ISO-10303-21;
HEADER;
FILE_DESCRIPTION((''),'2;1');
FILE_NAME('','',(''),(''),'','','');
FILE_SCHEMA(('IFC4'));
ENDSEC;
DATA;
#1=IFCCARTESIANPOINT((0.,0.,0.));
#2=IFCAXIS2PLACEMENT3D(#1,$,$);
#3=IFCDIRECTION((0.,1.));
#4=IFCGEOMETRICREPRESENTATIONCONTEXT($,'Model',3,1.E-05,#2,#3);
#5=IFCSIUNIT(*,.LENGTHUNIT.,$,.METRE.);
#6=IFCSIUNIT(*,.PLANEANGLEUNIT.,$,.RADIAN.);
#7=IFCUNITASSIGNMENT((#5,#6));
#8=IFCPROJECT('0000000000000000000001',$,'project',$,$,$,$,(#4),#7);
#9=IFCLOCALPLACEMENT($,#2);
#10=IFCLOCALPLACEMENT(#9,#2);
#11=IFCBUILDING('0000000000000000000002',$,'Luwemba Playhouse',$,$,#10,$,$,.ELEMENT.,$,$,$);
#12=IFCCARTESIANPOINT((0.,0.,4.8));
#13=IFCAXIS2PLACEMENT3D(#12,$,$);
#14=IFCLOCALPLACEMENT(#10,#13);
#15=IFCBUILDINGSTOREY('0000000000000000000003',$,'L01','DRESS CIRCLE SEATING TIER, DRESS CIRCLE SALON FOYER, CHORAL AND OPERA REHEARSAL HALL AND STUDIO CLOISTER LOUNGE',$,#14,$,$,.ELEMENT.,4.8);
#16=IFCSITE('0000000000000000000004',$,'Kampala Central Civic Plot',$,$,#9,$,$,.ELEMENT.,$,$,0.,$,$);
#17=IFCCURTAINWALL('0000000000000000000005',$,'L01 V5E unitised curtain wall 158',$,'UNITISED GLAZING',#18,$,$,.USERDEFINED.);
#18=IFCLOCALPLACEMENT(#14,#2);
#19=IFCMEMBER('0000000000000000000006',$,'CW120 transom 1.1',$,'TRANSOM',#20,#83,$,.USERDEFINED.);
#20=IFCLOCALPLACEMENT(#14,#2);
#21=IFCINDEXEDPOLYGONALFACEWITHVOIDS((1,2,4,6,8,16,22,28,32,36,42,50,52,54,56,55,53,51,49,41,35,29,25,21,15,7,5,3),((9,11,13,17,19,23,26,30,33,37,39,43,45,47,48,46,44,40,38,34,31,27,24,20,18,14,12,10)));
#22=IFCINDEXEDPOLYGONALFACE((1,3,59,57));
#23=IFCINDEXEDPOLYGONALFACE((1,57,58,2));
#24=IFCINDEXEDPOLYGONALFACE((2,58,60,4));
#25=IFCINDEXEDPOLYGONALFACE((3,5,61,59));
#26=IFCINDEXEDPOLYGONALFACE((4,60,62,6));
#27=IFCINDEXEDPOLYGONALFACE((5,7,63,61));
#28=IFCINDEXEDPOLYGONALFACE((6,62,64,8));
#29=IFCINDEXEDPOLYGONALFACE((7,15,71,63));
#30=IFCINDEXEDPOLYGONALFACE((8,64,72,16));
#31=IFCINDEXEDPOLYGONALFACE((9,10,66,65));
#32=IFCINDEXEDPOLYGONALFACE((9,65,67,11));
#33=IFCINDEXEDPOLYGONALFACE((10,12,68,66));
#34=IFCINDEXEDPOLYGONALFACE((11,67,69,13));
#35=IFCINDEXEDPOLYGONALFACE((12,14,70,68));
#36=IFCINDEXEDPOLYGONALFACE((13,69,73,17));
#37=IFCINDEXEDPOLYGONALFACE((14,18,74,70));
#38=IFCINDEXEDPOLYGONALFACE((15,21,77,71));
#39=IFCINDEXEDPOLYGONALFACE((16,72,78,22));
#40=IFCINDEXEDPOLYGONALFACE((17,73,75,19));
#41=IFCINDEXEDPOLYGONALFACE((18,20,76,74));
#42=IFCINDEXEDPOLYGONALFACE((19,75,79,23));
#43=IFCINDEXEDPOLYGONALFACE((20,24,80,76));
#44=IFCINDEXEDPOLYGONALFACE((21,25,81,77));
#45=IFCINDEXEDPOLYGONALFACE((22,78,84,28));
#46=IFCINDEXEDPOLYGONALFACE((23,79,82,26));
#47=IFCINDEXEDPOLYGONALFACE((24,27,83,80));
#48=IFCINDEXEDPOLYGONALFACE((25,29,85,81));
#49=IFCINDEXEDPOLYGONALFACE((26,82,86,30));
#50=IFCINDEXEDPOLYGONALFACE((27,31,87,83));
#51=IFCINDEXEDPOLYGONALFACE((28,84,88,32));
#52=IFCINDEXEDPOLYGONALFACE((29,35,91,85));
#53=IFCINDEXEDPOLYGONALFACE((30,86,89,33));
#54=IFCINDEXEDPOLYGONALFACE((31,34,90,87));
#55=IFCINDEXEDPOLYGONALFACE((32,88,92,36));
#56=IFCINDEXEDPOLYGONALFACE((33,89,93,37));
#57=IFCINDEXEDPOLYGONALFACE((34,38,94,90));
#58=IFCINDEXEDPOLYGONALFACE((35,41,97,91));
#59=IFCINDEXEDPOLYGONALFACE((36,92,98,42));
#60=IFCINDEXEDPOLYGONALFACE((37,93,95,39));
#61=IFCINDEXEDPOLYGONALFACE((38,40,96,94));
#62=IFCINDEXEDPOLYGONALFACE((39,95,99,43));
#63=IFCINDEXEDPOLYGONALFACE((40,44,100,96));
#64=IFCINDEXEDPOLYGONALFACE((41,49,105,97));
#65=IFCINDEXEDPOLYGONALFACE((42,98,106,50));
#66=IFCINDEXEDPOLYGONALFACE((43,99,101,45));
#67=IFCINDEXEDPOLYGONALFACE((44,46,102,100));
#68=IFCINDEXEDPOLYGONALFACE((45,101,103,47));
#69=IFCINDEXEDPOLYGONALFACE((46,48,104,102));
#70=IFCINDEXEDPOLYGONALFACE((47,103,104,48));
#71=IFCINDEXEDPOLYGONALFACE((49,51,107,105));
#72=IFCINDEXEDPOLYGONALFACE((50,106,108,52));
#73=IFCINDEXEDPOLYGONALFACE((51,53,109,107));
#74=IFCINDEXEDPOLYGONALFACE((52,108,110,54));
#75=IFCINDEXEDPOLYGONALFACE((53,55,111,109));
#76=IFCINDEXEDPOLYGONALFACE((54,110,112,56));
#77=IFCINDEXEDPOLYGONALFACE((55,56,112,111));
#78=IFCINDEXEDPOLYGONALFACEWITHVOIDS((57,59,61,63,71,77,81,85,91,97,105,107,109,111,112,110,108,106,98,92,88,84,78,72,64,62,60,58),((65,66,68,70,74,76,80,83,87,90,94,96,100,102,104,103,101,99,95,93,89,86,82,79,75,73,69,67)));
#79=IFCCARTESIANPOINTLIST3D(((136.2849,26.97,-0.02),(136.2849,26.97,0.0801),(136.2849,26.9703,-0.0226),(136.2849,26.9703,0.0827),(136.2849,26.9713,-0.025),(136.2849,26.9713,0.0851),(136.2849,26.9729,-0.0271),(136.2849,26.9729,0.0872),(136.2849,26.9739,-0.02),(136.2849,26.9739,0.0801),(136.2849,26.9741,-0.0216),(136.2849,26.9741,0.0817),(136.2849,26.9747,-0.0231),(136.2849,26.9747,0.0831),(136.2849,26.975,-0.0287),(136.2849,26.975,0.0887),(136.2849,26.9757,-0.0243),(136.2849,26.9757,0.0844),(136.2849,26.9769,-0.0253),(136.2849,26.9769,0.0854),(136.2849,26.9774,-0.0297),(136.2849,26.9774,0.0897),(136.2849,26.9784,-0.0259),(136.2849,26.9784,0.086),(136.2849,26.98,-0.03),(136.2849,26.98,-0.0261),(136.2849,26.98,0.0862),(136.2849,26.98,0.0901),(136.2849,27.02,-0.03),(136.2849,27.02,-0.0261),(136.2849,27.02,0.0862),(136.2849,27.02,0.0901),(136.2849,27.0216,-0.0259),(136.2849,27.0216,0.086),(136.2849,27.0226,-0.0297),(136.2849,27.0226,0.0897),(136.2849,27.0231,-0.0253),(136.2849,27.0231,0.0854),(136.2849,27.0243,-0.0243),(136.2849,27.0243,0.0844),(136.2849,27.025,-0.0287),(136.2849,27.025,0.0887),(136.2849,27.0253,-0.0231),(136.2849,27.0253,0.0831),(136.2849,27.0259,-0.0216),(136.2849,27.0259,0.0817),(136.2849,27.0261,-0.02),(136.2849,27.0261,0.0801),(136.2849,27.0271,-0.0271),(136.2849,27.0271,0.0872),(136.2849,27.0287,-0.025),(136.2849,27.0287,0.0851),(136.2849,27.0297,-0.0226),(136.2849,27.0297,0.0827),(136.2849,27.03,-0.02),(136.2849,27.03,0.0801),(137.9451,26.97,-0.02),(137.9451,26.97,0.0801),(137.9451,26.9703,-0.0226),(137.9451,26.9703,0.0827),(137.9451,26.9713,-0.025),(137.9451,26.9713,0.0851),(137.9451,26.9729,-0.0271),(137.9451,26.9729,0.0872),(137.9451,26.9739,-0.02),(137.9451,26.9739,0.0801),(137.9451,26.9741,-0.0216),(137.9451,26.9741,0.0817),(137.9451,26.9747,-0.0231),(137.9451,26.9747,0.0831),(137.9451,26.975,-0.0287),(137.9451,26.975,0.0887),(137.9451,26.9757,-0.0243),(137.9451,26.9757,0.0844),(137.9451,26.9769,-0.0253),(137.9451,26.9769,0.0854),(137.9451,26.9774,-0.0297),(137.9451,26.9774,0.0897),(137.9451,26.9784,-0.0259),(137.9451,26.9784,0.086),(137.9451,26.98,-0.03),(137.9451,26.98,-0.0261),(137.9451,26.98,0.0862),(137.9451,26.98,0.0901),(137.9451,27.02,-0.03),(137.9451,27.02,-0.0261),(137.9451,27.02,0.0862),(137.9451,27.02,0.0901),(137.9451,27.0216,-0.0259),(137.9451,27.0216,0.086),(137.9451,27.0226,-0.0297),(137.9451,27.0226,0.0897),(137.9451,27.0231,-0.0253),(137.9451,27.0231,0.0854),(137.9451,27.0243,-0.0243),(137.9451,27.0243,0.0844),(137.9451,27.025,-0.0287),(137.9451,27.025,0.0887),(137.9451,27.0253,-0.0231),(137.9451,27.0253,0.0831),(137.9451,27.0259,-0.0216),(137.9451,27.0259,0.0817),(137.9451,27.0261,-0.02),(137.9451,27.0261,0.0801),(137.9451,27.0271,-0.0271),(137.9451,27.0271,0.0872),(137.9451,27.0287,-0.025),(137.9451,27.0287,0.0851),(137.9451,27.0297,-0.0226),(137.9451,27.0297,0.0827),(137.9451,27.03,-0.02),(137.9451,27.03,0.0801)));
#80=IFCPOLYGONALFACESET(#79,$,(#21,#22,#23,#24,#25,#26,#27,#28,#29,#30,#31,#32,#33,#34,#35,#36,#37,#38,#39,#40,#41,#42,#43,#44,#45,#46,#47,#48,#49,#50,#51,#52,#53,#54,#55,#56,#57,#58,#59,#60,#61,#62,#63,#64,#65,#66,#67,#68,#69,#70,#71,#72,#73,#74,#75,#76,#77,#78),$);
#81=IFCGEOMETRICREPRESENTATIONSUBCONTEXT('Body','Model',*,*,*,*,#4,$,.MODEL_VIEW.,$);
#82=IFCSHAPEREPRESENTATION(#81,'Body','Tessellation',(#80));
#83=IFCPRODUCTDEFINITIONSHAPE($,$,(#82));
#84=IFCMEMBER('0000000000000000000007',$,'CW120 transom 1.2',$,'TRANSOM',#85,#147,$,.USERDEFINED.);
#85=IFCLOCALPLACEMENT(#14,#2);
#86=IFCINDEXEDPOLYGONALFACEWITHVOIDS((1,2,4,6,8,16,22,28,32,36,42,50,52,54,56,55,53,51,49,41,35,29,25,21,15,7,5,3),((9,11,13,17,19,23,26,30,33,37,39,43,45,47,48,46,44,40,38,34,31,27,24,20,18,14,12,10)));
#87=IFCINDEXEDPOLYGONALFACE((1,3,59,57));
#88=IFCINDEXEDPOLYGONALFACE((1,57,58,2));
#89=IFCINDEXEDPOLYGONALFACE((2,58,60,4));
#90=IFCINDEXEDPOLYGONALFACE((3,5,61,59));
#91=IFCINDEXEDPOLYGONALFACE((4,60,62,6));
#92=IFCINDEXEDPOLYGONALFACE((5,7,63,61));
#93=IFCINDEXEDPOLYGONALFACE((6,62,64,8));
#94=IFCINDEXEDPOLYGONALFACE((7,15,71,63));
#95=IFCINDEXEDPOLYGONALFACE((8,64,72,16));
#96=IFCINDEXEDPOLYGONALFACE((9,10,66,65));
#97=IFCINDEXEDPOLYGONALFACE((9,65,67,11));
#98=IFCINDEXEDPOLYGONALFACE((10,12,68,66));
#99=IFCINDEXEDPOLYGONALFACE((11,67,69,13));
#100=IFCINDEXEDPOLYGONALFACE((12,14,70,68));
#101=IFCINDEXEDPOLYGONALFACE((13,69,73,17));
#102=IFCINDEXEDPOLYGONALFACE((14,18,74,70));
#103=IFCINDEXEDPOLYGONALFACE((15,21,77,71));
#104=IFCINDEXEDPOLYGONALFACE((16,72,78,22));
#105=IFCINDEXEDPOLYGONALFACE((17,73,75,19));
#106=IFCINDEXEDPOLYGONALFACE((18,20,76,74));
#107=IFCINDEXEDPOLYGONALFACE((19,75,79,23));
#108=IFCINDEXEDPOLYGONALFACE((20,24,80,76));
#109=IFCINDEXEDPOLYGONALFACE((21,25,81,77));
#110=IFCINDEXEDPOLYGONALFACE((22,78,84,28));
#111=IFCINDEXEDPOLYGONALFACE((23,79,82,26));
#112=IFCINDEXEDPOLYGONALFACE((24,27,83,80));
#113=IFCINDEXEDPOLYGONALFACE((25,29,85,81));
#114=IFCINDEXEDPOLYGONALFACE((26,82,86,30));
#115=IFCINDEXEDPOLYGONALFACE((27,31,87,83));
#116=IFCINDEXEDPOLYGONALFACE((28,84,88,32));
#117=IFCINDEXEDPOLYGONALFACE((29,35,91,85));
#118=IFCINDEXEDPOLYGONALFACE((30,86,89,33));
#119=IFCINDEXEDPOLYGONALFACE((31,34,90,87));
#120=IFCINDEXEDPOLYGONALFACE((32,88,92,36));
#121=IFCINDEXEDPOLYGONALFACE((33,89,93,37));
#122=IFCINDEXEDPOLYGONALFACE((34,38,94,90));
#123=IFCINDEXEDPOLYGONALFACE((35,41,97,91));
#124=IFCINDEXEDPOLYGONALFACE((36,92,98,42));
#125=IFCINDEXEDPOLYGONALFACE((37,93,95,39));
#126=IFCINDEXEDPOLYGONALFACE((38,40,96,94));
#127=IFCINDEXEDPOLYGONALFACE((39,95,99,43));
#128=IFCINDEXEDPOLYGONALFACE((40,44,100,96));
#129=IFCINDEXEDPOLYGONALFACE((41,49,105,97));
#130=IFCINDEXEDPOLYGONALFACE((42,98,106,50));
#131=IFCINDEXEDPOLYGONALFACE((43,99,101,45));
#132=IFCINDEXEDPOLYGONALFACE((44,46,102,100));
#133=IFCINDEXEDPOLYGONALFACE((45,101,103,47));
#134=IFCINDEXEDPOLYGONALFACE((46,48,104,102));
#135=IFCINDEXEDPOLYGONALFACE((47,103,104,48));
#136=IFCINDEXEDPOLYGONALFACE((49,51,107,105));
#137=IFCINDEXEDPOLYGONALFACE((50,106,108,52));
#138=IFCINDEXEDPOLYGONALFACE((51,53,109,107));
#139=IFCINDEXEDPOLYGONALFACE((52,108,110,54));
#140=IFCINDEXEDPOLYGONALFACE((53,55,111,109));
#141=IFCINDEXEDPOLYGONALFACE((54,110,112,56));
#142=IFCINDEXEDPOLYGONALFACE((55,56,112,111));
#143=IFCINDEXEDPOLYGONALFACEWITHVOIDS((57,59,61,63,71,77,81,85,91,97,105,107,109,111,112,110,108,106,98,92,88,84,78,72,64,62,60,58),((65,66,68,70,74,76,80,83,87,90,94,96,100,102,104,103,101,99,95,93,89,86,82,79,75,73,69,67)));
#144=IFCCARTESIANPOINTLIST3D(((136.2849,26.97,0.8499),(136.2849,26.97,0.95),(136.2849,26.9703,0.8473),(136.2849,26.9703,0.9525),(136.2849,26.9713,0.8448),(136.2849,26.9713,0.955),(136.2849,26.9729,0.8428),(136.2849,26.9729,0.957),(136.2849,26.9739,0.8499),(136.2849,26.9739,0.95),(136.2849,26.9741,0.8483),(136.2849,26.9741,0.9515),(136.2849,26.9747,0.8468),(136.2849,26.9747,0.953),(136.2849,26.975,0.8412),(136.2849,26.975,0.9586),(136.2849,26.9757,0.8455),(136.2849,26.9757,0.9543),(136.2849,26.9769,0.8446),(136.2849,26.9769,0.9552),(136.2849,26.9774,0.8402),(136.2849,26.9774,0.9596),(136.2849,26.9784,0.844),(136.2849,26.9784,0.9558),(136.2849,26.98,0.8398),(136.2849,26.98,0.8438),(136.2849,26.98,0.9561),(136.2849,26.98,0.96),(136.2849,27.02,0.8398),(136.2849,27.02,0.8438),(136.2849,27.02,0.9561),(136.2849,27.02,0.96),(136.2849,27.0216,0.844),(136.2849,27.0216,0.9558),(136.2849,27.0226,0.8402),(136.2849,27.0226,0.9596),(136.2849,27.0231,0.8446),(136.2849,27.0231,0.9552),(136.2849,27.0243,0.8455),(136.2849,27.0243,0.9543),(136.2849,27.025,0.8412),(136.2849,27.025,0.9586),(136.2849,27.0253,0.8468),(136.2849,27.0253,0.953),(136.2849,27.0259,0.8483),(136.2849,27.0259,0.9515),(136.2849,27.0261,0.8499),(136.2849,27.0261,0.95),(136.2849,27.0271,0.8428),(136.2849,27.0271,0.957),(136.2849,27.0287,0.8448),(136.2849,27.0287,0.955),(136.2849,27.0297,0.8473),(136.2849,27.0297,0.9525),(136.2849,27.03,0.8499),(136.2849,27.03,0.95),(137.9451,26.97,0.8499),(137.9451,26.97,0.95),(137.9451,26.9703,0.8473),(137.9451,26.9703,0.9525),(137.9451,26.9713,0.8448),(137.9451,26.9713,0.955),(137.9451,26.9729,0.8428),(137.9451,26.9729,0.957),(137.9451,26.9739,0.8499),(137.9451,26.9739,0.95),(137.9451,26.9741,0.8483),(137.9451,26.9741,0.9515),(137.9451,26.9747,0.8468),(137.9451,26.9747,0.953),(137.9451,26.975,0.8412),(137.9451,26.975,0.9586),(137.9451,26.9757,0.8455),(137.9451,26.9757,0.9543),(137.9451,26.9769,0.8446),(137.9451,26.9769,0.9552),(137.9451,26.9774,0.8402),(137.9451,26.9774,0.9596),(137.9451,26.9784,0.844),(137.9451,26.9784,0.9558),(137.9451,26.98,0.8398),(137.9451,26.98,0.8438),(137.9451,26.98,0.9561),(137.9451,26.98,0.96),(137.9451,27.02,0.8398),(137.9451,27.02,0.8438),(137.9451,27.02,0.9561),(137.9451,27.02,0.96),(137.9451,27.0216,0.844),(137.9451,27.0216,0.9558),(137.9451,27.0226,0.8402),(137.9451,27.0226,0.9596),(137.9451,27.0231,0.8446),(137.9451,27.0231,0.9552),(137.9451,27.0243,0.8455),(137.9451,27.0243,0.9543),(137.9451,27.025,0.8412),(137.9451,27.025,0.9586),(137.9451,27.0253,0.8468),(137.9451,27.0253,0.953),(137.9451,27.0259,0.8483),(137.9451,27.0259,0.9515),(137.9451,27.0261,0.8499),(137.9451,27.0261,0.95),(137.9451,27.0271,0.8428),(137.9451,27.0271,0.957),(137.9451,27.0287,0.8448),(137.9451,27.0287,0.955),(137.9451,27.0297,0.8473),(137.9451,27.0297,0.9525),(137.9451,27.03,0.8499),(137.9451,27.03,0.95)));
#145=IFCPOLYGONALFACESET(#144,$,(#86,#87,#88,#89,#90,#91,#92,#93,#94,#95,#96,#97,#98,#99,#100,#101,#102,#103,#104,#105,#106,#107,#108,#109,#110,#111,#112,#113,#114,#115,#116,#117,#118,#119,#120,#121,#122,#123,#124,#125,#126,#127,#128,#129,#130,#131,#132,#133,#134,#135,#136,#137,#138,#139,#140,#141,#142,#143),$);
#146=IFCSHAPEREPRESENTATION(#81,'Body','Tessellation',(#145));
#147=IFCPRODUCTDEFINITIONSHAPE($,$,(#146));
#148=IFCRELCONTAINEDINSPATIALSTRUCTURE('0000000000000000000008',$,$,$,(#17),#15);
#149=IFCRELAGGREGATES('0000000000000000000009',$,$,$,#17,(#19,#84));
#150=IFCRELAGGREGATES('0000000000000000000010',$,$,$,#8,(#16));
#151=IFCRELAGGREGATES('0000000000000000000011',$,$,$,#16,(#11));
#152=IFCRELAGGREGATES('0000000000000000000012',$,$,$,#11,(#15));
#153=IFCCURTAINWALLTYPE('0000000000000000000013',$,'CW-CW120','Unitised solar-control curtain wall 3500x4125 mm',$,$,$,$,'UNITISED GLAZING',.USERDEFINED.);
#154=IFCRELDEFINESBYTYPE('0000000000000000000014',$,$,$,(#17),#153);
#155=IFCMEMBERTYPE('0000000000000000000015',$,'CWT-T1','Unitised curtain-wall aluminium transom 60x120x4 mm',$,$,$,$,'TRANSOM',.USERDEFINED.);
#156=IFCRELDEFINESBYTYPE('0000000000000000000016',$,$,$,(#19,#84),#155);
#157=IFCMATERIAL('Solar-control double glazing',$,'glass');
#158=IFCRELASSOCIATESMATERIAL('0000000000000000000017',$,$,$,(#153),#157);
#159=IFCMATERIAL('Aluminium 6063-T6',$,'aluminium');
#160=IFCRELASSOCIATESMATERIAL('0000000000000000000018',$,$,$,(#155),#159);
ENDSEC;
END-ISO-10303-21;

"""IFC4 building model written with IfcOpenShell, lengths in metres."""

from ifc_helpers import new_model, si_unit, direction, frame, origin, origin_2d, place, context, subcontext, project, spatial, hollow_rectangle, extrude, material, material_profile, profile_set, type_object, element, aggregate, save


model = new_model("IFC4")

# Units and contexts
model_context = context("Model", 3, precision=1e-05, world=origin(), true_north=direction((0.0, 1.0)))
body_context = subcontext(model_context, "Body", "Model", "MODEL_VIEW")
ifc_project = project(units=[si_unit("LENGTHUNIT", "METRE"), si_unit("PLANEANGLEUNIT", "RADIAN")], contexts=[model_context])

# Site, building, storey
site_placement = place(None, origin())
site = spatial("IfcSite", under=ifc_project, at=site_placement, Name="Kampala Central Civic Plot", CompositionType="ELEMENT", RefElevation=0.0)
building_placement = place(site_placement, origin())
building = spatial("IfcBuilding", under=site, at=building_placement, Name="Luwemba Playhouse", CompositionType="ELEMENT")
storey_placement = place(building_placement, frame((0.0, 0.0, 4.8)))
storey = spatial("IfcBuildingStorey", under=building, at=storey_placement, Name="L01", Description="DRESS CIRCLE SEATING TIER, DRESS CIRCLE SALON FOYER, CHORAL AND OPERA REHEARSAL HALL AND STUDIO CLOISTER LOUNGE", CompositionType="ELEMENT", Elevation=4.8)

# Curtain wall
ifc_material_1 = material(Name="Solar-control double glazing", Category="glass")
curtain_wall_type_1 = type_object("IfcCurtainWallType", Name="CW-CW120", Description="Unitised solar-control curtain wall 3500x4125 mm", ElementType="UNITISED GLAZING", PredefinedType="USERDEFINED", material=ifc_material_1)
curtain_wall_1_placement = place(storey_placement, origin())
curtain_wall_1 = element("IfcCurtainWall", 1, at=curtain_wall_1_placement, inside=storey, type_object=curtain_wall_type_1, Name="L01 V5E unitised curtain wall 158", ObjectType="UNITISED GLAZING", PredefinedType="USERDEFINED")
ifc_material_2 = material(Name="Aluminium 6063-T6", Category="aluminium")

# Members
ifc_material_profile_1 = material_profile(ifc_material_2, hollow_rectangle(XDim=0.0601, YDim=0.1201, WallThickness=0.0039, InnerFilletRadius=0.0061, OuterFilletRadius=0.01, at=origin_2d()))
ifc_profile_set_1 = profile_set([ifc_material_profile_1], Name="Aluminium 6063-T6")
member_type_1 = type_object("IfcMemberType", Name="CWT-T1", Description="Unitised curtain-wall aluminium transom 60x120x4 mm", ElementType="TRANSOM", PredefinedType="USERDEFINED", material=ifc_profile_set_1)
member_1_placement = place(storey_placement, frame((136.2849, 27.0, 0.03), z_axis=(1.0, 0.0, 0.0), x_axis=(0.0, 1.0, 0.0)))
member_1 = element("IfcMember", 2, at=member_1_placement, type_object=member_type_1, Name="CW120 transom 1.1", ObjectType="TRANSOM", PredefinedType="USERDEFINED", context=body_context, shape_type="SweptSolid", body=[
    extrude(hollow_rectangle(XDim=0.0601, YDim=0.1201, WallThickness=0.0039, InnerFilletRadius=0.0061, OuterFilletRadius=0.01, at=origin_2d()), origin(), (0.0, 0.0, 1.0), 1.6602),
])
member_2_placement = place(storey_placement, frame((136.2849, 27.0, 0.8999), z_axis=(1.0, 0.0, 0.0), x_axis=(0.0, 1.0, 0.0)))
member_2 = element("IfcMember", 3, at=member_2_placement, type_object=member_type_1, Name="CW120 transom 1.2", ObjectType="TRANSOM", PredefinedType="USERDEFINED", context=body_context, shape_type="SweptSolid", body=[
    extrude(hollow_rectangle(XDim=0.0601, YDim=0.1201, WallThickness=0.0039, InnerFilletRadius=0.0061, OuterFilletRadius=0.01, at=origin_2d()), origin(), (0.0, 0.0, 1.0), 1.6602),
])

aggregate(curtain_wall_1, [member_1, member_2])

save(model, "model.ifc")
